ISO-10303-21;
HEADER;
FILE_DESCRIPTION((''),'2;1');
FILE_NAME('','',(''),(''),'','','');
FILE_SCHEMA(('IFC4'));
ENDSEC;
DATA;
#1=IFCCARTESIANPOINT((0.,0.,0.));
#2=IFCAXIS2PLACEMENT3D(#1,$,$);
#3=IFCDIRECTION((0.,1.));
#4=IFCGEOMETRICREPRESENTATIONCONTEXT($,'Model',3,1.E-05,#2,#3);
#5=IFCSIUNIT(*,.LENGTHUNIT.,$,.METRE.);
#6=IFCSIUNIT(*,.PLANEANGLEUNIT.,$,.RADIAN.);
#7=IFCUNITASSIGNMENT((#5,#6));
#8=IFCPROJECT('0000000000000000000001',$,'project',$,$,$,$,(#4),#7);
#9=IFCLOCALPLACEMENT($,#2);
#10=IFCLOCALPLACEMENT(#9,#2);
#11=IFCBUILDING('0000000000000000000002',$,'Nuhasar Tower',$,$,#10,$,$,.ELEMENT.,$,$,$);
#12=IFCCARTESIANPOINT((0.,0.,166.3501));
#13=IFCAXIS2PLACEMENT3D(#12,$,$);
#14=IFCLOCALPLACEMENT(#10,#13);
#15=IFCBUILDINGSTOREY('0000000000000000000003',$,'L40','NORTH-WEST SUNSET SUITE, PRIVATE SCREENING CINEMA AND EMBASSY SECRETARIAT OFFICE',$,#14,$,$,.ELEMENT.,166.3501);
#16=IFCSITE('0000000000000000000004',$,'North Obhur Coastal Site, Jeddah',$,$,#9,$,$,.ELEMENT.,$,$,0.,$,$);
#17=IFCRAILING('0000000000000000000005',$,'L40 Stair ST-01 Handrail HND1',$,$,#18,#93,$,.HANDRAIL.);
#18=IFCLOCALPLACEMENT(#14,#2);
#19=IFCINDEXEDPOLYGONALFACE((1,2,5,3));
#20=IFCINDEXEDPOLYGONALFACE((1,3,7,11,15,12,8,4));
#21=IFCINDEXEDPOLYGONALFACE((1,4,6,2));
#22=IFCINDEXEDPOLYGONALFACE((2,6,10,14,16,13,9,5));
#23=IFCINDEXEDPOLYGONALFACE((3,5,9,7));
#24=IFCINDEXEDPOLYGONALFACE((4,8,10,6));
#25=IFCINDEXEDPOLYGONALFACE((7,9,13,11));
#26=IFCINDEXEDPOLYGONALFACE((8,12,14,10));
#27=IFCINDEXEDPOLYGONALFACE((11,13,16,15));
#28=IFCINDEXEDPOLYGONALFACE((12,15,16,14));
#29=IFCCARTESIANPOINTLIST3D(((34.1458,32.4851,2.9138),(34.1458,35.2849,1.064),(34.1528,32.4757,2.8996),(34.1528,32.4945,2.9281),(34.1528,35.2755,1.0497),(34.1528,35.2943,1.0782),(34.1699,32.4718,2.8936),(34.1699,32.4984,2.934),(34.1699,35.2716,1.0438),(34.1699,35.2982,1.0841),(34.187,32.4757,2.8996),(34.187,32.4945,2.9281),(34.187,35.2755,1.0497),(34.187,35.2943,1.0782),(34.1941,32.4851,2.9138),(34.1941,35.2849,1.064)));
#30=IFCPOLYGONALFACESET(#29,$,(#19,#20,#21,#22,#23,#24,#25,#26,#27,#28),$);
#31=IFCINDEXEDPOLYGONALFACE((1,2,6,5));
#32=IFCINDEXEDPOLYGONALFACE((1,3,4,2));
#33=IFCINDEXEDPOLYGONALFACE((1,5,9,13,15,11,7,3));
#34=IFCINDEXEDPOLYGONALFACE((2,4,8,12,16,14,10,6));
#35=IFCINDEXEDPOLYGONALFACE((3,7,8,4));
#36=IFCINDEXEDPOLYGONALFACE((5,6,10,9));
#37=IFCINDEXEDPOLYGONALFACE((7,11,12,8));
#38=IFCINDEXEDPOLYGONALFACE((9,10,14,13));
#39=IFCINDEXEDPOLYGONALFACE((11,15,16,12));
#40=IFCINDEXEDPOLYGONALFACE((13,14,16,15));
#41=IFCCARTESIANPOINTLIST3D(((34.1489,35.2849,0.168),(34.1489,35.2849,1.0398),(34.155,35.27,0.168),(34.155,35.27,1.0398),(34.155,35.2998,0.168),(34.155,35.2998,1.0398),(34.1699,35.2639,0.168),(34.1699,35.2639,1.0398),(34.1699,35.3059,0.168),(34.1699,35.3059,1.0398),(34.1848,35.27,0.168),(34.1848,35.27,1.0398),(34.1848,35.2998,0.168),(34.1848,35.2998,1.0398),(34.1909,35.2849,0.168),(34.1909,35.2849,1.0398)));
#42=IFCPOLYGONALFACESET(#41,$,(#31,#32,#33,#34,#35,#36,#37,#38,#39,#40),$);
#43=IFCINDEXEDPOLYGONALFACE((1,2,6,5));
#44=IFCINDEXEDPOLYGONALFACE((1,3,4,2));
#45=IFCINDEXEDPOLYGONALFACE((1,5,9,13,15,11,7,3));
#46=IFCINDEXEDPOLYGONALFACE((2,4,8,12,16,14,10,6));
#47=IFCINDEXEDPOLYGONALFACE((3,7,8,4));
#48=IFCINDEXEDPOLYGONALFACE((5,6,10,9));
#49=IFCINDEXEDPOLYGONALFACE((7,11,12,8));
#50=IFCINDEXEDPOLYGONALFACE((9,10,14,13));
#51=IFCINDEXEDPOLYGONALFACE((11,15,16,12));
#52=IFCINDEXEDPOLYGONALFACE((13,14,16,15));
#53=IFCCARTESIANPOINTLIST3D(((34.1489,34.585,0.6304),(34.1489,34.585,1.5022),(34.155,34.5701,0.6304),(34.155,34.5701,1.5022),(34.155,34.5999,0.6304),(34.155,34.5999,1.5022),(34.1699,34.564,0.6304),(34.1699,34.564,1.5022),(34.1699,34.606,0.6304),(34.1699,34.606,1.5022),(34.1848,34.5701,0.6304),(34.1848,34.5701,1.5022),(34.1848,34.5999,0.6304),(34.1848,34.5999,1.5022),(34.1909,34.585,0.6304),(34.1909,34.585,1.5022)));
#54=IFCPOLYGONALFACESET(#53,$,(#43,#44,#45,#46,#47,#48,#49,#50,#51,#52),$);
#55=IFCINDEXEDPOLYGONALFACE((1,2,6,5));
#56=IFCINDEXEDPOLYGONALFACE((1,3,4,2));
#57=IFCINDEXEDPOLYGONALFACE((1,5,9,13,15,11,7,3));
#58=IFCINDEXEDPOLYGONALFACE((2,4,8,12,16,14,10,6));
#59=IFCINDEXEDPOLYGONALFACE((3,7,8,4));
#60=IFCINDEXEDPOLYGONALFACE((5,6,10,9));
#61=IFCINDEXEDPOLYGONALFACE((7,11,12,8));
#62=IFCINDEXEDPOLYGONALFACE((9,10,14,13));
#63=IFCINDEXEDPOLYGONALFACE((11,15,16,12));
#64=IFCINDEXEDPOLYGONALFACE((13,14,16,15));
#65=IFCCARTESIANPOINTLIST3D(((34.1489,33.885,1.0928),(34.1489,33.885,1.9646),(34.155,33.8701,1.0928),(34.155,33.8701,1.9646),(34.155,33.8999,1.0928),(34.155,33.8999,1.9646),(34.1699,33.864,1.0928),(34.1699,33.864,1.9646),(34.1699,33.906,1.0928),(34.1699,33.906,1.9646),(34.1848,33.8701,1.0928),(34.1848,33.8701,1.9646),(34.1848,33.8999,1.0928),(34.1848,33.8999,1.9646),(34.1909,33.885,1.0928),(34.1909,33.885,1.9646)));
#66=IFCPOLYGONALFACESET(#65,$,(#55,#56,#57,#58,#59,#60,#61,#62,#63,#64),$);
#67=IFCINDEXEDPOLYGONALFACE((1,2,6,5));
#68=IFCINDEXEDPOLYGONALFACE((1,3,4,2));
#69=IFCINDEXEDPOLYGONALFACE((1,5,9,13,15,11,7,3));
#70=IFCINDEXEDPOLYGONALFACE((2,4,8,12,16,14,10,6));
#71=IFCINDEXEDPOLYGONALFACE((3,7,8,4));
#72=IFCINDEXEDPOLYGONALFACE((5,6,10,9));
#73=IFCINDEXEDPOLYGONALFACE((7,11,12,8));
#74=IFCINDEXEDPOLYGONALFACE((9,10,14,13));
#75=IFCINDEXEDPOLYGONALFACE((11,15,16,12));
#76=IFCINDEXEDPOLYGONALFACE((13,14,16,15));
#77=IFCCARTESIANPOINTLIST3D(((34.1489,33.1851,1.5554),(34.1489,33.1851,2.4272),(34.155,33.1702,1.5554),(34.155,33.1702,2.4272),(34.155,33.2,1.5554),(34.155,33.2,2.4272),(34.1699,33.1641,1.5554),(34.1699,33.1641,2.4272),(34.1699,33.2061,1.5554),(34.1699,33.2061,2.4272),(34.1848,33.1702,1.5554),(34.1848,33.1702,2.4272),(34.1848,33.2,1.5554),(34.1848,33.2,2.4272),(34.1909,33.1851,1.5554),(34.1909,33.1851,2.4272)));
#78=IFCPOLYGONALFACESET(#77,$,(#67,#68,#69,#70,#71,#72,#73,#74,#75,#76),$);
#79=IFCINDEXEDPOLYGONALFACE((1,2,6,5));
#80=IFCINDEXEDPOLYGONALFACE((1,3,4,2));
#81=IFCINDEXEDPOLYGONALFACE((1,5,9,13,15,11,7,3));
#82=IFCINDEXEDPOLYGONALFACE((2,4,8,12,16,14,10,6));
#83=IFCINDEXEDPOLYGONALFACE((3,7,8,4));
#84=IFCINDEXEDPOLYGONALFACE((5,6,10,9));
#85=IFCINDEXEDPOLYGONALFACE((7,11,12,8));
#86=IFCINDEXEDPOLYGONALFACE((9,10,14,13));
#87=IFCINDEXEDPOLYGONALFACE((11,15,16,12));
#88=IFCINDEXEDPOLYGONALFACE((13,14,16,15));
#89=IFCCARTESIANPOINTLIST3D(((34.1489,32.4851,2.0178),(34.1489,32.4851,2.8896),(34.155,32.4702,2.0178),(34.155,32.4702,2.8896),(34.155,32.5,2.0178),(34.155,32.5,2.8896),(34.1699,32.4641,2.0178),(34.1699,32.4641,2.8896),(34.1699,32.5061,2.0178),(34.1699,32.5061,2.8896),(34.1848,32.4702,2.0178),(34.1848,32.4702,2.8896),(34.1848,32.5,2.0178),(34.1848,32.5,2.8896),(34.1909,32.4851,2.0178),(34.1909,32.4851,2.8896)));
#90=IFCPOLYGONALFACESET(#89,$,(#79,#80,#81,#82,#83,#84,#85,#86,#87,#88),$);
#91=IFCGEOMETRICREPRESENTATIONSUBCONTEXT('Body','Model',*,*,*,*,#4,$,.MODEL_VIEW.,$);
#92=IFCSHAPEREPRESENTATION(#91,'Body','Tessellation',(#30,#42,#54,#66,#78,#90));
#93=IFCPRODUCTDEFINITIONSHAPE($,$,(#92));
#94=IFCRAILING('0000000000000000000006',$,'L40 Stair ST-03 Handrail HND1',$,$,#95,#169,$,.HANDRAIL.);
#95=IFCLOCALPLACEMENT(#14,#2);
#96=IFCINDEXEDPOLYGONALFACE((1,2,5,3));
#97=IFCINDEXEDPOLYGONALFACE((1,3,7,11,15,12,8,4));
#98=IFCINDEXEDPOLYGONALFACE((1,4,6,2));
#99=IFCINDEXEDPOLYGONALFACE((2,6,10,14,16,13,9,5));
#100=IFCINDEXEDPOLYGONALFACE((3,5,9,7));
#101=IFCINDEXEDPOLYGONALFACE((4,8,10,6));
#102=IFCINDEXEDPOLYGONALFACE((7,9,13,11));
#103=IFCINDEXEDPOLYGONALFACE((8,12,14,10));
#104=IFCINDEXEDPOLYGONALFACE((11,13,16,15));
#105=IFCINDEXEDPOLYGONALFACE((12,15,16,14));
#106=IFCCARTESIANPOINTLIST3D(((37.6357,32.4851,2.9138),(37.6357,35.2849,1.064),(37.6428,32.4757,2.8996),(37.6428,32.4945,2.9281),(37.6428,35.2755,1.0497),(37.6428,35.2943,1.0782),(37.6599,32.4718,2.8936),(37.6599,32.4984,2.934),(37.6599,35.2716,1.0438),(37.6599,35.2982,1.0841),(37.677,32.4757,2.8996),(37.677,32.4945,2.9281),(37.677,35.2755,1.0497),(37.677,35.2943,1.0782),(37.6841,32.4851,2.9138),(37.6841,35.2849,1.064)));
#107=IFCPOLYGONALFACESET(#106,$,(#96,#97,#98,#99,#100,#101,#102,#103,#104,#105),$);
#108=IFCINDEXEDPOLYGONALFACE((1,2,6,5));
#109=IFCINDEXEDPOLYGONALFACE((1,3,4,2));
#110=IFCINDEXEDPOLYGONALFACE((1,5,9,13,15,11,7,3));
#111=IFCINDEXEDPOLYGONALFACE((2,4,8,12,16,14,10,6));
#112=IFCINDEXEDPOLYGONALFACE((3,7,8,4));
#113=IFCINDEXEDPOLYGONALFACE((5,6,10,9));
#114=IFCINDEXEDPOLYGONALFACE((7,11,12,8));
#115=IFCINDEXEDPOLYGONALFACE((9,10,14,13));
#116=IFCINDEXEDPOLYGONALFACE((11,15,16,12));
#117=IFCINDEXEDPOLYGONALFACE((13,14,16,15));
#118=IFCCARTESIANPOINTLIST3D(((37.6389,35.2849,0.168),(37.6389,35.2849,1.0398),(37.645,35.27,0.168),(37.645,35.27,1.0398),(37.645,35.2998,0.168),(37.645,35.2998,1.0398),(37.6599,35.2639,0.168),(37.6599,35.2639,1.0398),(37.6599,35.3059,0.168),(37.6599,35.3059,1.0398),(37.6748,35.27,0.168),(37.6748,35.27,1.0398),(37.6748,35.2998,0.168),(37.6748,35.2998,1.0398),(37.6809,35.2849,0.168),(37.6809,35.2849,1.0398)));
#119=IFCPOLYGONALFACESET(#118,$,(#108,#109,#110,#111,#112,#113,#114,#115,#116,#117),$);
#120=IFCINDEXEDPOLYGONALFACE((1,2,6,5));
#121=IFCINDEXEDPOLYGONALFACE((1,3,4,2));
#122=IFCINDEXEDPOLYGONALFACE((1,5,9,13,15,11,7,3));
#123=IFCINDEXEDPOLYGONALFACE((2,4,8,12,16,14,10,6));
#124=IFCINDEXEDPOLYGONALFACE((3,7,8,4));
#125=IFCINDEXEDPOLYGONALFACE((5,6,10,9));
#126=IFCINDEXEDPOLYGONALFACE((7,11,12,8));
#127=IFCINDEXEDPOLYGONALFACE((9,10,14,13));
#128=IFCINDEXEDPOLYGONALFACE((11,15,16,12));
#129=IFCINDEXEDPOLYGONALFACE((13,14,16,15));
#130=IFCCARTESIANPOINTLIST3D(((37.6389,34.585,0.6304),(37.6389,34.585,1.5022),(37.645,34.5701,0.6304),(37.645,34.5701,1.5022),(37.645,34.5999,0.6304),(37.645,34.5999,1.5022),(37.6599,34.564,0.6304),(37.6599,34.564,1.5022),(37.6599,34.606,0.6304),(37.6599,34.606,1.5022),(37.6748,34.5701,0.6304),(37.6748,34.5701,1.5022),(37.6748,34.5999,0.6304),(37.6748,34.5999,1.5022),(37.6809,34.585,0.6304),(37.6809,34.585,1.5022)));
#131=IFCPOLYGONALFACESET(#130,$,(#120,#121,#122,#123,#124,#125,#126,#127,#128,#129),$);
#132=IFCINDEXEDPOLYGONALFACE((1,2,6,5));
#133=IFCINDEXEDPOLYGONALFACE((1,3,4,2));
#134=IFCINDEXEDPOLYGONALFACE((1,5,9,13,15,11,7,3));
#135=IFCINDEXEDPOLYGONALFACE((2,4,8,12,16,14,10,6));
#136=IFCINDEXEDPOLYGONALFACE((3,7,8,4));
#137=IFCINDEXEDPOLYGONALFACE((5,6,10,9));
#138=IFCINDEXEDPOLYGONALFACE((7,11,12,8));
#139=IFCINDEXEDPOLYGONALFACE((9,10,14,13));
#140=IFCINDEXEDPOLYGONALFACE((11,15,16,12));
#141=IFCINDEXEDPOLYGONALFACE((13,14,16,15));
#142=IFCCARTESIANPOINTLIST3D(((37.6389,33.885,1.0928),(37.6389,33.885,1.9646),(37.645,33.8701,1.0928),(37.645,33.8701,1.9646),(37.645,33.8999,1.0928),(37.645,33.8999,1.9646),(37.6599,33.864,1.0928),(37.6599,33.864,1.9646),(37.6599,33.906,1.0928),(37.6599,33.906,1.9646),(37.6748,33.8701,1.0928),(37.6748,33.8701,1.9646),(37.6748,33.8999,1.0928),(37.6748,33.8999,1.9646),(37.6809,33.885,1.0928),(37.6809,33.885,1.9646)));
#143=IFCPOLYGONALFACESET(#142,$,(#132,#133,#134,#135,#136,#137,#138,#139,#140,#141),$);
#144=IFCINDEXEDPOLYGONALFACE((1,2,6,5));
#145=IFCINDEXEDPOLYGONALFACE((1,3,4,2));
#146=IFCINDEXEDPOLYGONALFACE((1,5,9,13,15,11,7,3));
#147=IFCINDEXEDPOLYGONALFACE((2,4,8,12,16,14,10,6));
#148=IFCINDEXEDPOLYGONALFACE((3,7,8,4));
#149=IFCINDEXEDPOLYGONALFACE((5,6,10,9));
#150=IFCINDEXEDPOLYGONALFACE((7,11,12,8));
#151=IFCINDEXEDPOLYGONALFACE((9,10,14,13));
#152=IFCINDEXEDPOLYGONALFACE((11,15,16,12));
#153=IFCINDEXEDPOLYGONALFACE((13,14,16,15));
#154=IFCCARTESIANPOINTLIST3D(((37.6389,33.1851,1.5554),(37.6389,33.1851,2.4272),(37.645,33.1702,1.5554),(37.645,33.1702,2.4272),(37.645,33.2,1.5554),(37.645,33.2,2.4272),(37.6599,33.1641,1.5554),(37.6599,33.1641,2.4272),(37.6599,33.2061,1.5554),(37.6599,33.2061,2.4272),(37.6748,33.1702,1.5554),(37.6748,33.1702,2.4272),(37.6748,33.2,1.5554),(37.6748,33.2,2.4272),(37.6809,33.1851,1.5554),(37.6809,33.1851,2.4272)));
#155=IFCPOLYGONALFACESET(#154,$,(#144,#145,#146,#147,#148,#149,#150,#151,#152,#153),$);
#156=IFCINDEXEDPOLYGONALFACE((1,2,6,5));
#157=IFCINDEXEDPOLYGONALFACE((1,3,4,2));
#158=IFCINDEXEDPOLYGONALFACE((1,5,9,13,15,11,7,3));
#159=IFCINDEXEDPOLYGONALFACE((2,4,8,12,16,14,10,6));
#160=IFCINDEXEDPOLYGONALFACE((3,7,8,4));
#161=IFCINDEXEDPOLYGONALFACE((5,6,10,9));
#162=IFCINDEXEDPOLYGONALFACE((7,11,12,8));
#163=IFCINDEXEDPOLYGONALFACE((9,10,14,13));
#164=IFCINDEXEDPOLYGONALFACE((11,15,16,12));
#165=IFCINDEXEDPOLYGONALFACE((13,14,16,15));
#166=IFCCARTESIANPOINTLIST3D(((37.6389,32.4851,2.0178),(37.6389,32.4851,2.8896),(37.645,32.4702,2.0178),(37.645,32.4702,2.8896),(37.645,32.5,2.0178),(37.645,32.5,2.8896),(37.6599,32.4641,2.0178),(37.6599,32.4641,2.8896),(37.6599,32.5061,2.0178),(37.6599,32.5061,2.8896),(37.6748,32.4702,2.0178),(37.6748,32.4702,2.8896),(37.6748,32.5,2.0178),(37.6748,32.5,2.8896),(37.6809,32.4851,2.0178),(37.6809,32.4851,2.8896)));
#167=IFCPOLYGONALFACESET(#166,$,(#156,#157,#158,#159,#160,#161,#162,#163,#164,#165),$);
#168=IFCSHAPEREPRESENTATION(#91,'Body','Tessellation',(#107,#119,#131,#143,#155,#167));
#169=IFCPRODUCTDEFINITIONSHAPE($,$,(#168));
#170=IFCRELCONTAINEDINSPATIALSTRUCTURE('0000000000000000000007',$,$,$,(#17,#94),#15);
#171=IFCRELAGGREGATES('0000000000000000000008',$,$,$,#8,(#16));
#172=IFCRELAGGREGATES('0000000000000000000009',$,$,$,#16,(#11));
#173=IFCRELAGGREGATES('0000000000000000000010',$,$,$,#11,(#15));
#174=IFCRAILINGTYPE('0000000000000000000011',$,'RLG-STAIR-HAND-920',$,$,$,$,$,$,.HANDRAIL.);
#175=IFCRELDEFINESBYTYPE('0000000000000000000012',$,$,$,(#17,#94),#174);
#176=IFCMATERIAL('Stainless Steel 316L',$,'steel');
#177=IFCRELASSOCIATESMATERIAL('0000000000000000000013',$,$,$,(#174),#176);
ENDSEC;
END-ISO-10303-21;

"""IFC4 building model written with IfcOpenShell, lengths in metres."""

from ifc_helpers import new_model, si_unit, direction, frame, origin, place, context, subcontext, project, spatial, polyline, outline, extrude, material, type_object, element, save


model = new_model("IFC4")

# Units and contexts
model_context = context("Model", 3, precision=1e-05, world=origin(), true_north=direction((0.0, 1.0)))
body_context = subcontext(model_context, "Body", "Model", "MODEL_VIEW")
ifc_project = project(units=[si_unit("LENGTHUNIT", "METRE"), si_unit("PLANEANGLEUNIT", "RADIAN")], contexts=[model_context])

# Site, building, storey
site_placement = place(None, origin())
site = spatial("IfcSite", under=ifc_project, at=site_placement, Name="North Obhur Coastal Site, Jeddah", CompositionType="ELEMENT", RefElevation=0.0)
building_placement = place(site_placement, origin())
building = spatial("IfcBuilding", under=site, at=building_placement, Name="Nuhasar Tower", CompositionType="ELEMENT")
storey_placement = place(building_placement, frame((0.0, 0.0, 166.3501)))
storey = spatial("IfcBuildingStorey", under=building, at=storey_placement, Name="L40", Description="NORTH-WEST SUNSET SUITE, PRIVATE SCREENING CINEMA AND EMBASSY SECRETARIAT OFFICE", CompositionType="ELEMENT", Elevation=166.3501)

# Railings
ifc_material_1 = material(Name="Stainless Steel 316L", Category="steel")
railing_type_1 = type_object("IfcRailingType", Name="RLG-STAIR-HAND-920", PredefinedType="HANDRAIL", material=ifc_material_1)
railing_1_placement = place(storey_placement, frame((34.1699, 35.2849, 0.168)))
element("IfcRailing", 1, at=railing_1_placement, inside=storey, type_object=railing_type_1, Name="L40 Stair ST-01 Handrail HND1", PredefinedType="HANDRAIL", context=body_context, shape_type="SweptSolid", body=[
    extrude(outline(polyline([(0.0242, 0.0), (0.0171, 0.0171), (0.0, 0.0242), (-0.0171, 0.0171), (-0.0242, 0.0), (-0.0171, -0.0171), (0.0, -0.0242), (0.0171, -0.0171), (0.0242, 0.0)])), frame((0.0, 0.0, 0.896), z_axis=(0.0, -0.834338, 0.551254), x_axis=(1.0, 0.0, 0.0)), (0.0, 0.0, 1.0), 3.3557),
    extrude(outline(polyline([(0.021, 0.0), (0.0149, 0.0149), (0.0, 0.021), (-0.0149, 0.0149), (-0.021, 0.0), (-0.0149, -0.0149), (0.0, -0.021), (0.0149, -0.0149), (0.021, 0.0)])), origin(), (0.0, 0.0, 1.0), 0.8718),
    extrude(outline(polyline([(0.021, 0.0), (0.0149, 0.0149), (0.0, 0.021), (-0.0149, 0.0149), (-0.021, 0.0), (-0.0149, -0.0149), (0.0, -0.021), (0.0149, -0.0149), (0.021, 0.0)])), frame((0.0, -0.7, 0.4624)), (0.0, 0.0, 1.0), 0.8718),
    extrude(outline(polyline([(0.021, 0.0), (0.0149, 0.0149), (0.0, 0.021), (-0.0149, 0.0149), (-0.021, 0.0), (-0.0149, -0.0149), (0.0, -0.021), (0.0149, -0.0149), (0.021, 0.0)])), frame((0.0, -1.3999, 0.9248)), (0.0, 0.0, 1.0), 0.8718),
    extrude(outline(polyline([(0.021, 0.0), (0.0149, 0.0149), (0.0, 0.021), (-0.0149, 0.0149), (-0.021, 0.0), (-0.0149, -0.0149), (0.0, -0.021), (0.0149, -0.0149), (0.021, 0.0)])), frame((0.0, -2.0999, 1.3875)), (0.0, 0.0, 1.0), 0.8718),
    extrude(outline(polyline([(0.021, 0.0), (0.0149, 0.0149), (0.0, 0.021), (-0.0149, 0.0149), (-0.021, 0.0), (-0.0149, -0.0149), (0.0, -0.021), (0.0149, -0.0149), (0.021, 0.0)])), frame((0.0, -2.7998, 1.8499)), (0.0, 0.0, 1.0), 0.8718),
])
railing_2_placement = place(storey_placement, frame((37.6599, 35.2849, 0.168)))
element("IfcRailing", 2, at=railing_2_placement, inside=storey, type_object=railing_type_1, Name="L40 Stair ST-03 Handrail HND1", PredefinedType="HANDRAIL", context=body_context, shape_type="SweptSolid", body=[
    extrude(outline(polyline([(0.0242, 0.0), (0.0171, 0.0171), (0.0, 0.0242), (-0.0171, 0.0171), (-0.0242, 0.0), (-0.0171, -0.0171), (0.0, -0.0242), (0.0171, -0.0171), (0.0242, 0.0)])), frame((0.0, 0.0, 0.896), z_axis=(0.0, -0.834338, 0.551254), x_axis=(1.0, 0.0, 0.0)), (0.0, 0.0, 1.0), 3.3557),
    extrude(outline(polyline([(0.021, 0.0), (0.0149, 0.0149), (0.0, 0.021), (-0.0149, 0.0149), (-0.021, 0.0), (-0.0149, -0.0149), (0.0, -0.021), (0.0149, -0.0149), (0.021, 0.0)])), origin(), (0.0, 0.0, 1.0), 0.8718),
    extrude(outline(polyline([(0.021, 0.0), (0.0149, 0.0149), (0.0, 0.021), (-0.0149, 0.0149), (-0.021, 0.0), (-0.0149, -0.0149), (0.0, -0.021), (0.0149, -0.0149), (0.021, 0.0)])), frame((0.0, -0.7, 0.4624)), (0.0, 0.0, 1.0), 0.8718),
    extrude(outline(polyline([(0.021, 0.0), (0.0149, 0.0149), (0.0, 0.021), (-0.0149, 0.0149), (-0.021, 0.0), (-0.0149, -0.0149), (0.0, -0.021), (0.0149, -0.0149), (0.021, 0.0)])), frame((0.0, -1.3999, 0.9248)), (0.0, 0.0, 1.0), 0.8718),
    extrude(outline(polyline([(0.021, 0.0), (0.0149, 0.0149), (0.0, 0.021), (-0.0149, 0.0149), (-0.021, 0.0), (-0.0149, -0.0149), (0.0, -0.021), (0.0149, -0.0149), (0.021, 0.0)])), frame((0.0, -2.0999, 1.3875)), (0.0, 0.0, 1.0), 0.8718),
    extrude(outline(polyline([(0.021, 0.0), (0.0149, 0.0149), (0.0, 0.021), (-0.0149, 0.0149), (-0.021, 0.0), (-0.0149, -0.0149), (0.0, -0.021), (0.0149, -0.0149), (0.021, 0.0)])), frame((0.0, -2.7998, 1.8499)), (0.0, 0.0, 1.0), 0.8718),
])

save(model, "model.ifc")
